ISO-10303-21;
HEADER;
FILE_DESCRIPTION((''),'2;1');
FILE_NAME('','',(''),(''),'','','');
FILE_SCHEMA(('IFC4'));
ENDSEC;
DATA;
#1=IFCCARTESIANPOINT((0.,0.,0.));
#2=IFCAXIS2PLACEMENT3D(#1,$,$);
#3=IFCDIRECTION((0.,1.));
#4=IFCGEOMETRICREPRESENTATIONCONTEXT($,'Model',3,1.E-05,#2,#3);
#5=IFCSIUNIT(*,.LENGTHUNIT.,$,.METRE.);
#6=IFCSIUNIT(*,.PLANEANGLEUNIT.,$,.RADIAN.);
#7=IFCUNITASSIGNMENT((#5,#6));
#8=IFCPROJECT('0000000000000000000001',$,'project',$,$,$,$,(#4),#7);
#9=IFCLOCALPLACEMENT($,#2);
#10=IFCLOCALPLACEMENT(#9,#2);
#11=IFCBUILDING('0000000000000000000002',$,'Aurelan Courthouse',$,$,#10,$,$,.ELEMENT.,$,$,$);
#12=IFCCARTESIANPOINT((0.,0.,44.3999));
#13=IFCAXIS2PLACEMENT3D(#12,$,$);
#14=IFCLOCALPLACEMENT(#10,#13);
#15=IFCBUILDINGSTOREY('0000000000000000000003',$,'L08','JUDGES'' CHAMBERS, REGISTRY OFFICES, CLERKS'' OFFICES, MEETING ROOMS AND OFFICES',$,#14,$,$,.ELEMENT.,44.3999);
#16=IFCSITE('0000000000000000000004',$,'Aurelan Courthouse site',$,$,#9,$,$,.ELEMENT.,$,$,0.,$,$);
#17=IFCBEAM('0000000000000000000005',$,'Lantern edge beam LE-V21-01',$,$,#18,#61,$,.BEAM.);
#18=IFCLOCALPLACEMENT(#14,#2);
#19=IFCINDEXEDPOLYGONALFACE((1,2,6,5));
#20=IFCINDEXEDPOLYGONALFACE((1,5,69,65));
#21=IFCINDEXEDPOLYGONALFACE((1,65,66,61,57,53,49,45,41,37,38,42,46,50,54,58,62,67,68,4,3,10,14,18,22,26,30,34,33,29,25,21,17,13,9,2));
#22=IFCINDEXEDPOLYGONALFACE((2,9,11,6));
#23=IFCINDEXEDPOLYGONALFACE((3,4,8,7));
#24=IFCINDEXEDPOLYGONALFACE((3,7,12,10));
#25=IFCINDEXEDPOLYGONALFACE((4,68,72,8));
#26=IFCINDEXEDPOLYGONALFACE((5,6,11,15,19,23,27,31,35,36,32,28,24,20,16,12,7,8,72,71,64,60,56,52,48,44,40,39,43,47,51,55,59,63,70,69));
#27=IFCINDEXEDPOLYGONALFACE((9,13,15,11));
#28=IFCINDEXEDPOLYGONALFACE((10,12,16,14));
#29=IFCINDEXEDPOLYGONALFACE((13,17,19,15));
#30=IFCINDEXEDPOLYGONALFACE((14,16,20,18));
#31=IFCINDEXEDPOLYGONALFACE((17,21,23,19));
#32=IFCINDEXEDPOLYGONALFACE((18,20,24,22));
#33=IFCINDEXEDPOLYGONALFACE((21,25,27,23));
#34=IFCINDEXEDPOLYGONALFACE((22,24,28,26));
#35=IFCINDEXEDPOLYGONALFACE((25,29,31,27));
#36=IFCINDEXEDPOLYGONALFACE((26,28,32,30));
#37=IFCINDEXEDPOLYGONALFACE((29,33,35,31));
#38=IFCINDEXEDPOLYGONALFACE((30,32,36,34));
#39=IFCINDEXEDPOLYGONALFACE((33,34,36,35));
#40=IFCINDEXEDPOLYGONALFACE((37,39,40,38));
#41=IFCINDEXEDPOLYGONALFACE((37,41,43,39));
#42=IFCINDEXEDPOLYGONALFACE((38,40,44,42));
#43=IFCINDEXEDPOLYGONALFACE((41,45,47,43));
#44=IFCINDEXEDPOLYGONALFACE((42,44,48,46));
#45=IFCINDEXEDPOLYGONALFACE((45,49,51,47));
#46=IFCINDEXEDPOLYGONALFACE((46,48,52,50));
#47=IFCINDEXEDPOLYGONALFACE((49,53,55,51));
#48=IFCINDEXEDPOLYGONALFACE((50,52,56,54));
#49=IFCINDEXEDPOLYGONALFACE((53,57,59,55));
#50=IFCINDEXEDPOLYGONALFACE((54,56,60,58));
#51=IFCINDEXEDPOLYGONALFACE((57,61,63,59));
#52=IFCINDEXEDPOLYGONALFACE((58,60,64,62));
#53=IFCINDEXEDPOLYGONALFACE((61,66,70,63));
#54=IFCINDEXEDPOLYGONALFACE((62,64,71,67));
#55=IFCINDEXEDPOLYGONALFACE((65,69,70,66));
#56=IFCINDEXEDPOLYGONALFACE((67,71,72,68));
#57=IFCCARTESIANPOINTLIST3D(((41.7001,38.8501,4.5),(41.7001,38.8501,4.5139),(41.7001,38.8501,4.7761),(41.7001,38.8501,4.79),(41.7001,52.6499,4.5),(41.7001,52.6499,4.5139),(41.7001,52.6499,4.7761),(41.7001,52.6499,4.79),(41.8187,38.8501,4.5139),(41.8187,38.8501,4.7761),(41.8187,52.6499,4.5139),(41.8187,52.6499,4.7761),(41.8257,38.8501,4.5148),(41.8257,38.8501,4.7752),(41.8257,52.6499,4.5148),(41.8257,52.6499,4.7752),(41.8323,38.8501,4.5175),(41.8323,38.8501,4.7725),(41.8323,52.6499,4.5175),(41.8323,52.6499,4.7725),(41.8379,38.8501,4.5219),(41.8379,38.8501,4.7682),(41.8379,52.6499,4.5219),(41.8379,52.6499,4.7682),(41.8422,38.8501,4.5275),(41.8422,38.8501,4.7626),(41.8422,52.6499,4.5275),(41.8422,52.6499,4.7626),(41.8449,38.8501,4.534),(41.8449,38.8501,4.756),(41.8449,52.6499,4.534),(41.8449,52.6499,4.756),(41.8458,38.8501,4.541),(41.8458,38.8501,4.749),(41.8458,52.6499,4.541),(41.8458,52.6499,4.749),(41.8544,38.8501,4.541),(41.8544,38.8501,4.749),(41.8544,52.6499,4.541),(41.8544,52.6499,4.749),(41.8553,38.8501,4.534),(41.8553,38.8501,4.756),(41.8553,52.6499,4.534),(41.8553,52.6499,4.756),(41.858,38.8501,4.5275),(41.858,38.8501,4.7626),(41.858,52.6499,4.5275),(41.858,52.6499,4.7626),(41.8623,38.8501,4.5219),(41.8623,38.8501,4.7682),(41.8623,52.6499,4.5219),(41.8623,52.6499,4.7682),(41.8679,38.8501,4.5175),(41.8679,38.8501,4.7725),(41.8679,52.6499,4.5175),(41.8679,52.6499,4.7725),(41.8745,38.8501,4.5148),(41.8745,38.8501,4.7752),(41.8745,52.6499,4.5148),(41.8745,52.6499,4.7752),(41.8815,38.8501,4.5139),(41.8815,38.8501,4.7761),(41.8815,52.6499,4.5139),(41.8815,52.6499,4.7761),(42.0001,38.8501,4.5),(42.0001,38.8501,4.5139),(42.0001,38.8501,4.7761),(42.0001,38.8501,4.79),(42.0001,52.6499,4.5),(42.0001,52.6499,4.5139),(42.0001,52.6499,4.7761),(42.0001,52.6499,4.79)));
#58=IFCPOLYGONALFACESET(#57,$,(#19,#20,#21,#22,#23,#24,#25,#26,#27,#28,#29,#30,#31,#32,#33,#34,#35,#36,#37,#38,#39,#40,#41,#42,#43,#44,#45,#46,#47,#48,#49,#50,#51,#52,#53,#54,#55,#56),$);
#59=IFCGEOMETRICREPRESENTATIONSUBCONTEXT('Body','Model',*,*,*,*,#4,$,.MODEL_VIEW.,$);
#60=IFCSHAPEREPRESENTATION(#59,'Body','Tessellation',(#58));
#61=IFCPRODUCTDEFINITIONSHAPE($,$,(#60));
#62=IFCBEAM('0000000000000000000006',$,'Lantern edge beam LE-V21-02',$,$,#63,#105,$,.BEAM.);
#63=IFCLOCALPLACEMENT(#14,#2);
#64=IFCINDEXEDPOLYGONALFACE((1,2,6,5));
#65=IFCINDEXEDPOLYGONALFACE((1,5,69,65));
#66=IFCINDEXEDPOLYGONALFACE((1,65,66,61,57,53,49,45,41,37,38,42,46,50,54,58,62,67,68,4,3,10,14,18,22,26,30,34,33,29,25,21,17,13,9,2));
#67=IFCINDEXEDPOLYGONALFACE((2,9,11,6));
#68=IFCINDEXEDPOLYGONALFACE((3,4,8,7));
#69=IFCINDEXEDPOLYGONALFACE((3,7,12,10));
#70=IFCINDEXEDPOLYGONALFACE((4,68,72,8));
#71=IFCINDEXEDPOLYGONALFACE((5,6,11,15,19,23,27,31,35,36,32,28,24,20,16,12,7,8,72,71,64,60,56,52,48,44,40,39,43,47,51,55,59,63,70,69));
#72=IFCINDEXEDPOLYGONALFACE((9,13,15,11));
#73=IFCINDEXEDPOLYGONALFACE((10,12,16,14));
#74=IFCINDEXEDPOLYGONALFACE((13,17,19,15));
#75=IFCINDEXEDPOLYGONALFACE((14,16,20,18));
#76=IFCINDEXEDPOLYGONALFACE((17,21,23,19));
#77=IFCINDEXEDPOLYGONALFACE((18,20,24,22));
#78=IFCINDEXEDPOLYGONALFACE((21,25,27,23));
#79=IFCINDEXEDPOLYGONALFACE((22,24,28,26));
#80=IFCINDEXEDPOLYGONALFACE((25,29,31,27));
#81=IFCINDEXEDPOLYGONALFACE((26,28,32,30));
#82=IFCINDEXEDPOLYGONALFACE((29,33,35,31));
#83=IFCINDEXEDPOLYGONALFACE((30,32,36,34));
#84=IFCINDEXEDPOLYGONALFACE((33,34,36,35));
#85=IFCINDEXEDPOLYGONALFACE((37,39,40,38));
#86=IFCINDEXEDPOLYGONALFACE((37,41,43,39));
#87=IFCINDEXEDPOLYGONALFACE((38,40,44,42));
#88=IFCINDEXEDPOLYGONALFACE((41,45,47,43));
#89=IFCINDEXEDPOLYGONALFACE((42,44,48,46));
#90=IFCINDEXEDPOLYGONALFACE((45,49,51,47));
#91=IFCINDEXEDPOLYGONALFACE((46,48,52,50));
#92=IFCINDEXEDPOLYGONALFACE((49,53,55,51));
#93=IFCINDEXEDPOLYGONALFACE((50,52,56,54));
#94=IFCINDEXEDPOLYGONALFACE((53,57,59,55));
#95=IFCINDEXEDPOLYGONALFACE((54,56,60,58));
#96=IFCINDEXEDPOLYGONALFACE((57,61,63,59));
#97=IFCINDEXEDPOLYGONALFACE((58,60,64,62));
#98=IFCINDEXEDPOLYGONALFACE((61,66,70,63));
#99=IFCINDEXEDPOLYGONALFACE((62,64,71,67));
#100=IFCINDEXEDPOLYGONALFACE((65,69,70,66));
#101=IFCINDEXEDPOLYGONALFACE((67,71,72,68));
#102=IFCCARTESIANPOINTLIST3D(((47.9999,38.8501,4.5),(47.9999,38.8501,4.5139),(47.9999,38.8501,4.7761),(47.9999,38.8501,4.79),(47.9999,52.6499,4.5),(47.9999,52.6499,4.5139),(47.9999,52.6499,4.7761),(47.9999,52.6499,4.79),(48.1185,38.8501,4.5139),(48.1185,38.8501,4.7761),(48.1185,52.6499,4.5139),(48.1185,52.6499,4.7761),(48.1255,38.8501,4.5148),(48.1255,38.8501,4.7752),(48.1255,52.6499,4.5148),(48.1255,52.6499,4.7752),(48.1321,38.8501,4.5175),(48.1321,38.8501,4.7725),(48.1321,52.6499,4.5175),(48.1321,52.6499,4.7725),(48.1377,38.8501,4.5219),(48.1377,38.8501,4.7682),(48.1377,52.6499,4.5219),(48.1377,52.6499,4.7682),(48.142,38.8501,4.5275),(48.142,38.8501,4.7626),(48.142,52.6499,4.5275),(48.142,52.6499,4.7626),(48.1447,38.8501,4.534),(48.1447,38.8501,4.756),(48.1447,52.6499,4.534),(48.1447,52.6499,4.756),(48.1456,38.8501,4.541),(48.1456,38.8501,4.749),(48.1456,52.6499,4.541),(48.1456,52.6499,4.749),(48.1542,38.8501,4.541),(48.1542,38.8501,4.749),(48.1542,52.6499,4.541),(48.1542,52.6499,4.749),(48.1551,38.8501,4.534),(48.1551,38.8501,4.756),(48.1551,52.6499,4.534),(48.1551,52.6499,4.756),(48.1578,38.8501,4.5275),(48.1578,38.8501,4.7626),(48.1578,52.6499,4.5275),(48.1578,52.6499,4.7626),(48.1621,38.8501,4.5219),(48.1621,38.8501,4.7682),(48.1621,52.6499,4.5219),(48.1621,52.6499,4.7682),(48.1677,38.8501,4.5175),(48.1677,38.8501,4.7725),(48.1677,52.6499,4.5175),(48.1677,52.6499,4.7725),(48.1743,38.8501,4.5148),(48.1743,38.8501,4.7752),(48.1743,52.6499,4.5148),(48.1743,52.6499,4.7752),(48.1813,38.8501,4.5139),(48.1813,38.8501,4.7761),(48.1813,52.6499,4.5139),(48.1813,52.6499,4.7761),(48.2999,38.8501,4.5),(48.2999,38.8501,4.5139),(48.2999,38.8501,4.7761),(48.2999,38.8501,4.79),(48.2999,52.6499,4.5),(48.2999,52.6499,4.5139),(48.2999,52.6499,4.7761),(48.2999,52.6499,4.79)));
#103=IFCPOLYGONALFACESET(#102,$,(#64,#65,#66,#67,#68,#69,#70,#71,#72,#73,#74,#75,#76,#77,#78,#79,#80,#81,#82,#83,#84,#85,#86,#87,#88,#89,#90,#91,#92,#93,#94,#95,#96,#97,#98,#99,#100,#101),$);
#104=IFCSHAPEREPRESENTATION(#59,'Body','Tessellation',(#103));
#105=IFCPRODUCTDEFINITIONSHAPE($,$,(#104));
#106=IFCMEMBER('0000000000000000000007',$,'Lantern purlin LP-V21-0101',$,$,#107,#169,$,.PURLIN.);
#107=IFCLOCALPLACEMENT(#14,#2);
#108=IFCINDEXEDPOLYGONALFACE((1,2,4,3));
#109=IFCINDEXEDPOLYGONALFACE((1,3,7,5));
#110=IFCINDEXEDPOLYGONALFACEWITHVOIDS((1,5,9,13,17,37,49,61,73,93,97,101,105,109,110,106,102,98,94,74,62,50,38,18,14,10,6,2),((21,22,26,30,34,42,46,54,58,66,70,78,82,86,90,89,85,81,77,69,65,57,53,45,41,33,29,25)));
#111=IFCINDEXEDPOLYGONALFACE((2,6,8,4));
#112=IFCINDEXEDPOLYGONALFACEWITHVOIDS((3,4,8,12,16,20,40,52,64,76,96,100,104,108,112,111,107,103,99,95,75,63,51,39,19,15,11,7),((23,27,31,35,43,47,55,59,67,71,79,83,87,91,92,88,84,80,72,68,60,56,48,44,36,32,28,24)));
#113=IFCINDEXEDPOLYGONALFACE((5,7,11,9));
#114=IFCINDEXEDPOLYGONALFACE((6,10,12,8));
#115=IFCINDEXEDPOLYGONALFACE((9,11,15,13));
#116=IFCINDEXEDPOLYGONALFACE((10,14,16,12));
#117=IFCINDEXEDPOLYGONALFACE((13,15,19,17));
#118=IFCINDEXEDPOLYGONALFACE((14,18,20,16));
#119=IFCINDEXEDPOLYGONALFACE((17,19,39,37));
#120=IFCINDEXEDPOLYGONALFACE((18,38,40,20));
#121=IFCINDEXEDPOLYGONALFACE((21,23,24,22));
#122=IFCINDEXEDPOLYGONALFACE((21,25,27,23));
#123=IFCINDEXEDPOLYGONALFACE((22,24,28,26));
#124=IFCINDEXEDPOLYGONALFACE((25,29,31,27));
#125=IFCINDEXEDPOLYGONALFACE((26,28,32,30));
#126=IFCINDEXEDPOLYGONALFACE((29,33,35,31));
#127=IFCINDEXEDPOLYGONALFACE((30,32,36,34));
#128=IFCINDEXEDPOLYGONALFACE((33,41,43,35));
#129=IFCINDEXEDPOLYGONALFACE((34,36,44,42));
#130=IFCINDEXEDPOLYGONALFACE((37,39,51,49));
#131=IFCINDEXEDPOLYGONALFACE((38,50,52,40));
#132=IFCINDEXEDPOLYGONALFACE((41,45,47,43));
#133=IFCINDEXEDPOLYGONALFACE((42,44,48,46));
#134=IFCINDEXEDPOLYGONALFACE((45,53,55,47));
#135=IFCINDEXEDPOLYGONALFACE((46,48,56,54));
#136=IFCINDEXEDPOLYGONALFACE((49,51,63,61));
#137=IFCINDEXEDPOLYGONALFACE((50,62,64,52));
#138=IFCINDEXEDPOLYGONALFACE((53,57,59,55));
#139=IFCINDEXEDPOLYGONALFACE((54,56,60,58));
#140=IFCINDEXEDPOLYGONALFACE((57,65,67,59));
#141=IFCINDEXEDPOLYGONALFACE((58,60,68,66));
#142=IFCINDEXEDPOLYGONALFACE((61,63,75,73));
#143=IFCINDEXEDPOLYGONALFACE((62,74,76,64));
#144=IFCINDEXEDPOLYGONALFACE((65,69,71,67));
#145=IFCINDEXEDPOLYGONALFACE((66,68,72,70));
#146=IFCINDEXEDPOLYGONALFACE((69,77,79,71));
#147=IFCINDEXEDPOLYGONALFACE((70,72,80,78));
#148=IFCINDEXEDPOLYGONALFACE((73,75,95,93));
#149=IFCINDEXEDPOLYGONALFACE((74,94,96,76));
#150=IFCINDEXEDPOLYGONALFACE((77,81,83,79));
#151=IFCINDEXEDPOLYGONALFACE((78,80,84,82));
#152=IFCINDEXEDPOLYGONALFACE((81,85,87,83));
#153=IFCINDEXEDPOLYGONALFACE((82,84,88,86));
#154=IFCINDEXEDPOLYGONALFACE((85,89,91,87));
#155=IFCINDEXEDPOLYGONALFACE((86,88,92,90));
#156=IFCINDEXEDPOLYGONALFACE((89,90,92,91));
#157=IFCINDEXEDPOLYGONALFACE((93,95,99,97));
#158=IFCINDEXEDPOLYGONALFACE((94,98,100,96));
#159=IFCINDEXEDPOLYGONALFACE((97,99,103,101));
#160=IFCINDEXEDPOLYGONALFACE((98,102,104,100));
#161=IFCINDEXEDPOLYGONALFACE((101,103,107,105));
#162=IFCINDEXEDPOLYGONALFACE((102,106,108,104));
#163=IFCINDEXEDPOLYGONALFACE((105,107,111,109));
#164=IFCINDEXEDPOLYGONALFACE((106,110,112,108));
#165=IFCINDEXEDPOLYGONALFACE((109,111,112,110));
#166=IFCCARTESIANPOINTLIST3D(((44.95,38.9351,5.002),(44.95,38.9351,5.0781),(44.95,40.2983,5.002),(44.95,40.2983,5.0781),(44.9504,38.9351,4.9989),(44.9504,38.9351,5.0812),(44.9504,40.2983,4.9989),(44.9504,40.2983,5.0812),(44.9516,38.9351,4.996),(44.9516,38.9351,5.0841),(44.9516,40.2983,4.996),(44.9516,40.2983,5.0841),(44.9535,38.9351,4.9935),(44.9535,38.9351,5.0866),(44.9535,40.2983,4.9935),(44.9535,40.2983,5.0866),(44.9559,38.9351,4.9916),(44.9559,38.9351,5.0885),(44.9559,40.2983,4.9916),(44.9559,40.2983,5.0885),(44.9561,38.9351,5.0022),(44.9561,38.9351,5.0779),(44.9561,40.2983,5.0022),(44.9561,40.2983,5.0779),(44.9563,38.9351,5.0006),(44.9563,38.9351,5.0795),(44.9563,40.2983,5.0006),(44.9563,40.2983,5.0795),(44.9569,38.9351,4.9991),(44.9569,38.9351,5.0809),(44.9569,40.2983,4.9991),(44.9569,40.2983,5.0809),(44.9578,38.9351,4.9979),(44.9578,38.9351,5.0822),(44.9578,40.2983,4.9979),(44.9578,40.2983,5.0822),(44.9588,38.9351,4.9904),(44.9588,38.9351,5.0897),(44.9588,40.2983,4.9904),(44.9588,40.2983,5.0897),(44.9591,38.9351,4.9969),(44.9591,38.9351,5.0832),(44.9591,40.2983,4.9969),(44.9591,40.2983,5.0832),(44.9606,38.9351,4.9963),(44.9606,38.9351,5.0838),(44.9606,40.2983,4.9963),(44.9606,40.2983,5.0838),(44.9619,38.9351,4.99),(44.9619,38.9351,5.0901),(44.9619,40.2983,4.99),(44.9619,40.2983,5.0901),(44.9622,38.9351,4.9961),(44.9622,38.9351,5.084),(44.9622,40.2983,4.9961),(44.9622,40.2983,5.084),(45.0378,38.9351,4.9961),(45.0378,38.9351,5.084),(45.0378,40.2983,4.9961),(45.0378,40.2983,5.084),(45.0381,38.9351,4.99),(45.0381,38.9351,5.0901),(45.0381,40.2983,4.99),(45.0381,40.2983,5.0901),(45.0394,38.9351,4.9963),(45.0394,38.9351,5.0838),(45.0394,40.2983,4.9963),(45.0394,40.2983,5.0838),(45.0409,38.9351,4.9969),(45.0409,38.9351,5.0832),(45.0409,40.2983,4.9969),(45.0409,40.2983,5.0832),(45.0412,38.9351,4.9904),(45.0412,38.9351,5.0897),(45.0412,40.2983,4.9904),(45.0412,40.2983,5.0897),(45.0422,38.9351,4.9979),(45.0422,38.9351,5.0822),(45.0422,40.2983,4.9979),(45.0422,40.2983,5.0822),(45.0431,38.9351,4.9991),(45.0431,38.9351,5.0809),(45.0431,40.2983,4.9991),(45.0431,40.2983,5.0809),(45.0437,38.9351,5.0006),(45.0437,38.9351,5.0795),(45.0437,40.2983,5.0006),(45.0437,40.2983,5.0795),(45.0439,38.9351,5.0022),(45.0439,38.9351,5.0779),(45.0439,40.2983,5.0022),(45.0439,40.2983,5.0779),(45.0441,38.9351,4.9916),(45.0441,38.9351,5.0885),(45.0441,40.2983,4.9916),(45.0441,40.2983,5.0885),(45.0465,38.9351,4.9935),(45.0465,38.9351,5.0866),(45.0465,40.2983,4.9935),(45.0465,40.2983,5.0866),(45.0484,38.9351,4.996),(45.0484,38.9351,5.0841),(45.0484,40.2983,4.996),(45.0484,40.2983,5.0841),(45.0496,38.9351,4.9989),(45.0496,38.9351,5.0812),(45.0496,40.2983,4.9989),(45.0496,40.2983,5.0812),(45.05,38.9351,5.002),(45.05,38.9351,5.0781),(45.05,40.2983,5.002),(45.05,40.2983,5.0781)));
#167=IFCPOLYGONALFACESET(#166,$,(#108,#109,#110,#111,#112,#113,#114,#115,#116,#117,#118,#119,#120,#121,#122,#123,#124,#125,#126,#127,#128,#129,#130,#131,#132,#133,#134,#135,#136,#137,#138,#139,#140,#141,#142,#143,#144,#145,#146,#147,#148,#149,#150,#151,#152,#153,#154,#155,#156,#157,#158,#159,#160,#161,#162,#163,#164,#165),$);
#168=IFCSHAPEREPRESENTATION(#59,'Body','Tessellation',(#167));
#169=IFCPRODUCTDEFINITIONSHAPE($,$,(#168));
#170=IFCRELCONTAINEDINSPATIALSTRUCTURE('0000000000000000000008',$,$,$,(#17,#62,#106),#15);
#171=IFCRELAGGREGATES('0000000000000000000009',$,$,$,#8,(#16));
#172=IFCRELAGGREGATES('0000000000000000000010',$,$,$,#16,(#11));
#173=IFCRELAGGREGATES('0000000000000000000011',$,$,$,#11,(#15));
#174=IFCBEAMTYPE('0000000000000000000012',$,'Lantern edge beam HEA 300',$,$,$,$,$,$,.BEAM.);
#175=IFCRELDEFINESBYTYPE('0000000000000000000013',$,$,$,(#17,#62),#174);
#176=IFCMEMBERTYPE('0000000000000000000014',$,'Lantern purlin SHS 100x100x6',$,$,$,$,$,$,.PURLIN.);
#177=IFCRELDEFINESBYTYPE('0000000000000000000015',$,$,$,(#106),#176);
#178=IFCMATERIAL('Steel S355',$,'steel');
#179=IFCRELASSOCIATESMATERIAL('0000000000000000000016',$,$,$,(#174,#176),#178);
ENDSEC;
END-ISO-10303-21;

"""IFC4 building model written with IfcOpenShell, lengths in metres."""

from ifc_helpers import new_model, si_unit, direction, frame, origin, origin_2d, place, context, subcontext, project, spatial, hollow_rectangle, i_section, extrude, material, material_profile, profile_set, type_object, element, save


model = new_model("IFC4")

# Units and contexts
model_context = context("Model", 3, precision=1e-05, world=origin(), true_north=direction((0.0, 1.0)))
body_context = subcontext(model_context, "Body", "Model", "MODEL_VIEW")
ifc_project = project(units=[si_unit("LENGTHUNIT", "METRE"), si_unit("PLANEANGLEUNIT", "RADIAN")], contexts=[model_context])

# Site, building, storey
site_placement = place(None, origin())
site = spatial("IfcSite", under=ifc_project, at=site_placement, Name="Aurelan Courthouse site", CompositionType="ELEMENT", RefElevation=0.0)
building_placement = place(site_placement, origin())
building = spatial("IfcBuilding", under=site, at=building_placement, Name="Aurelan Courthouse", CompositionType="ELEMENT")
storey_placement = place(building_placement, frame((0.0, 0.0, 44.3999)))
storey = spatial("IfcBuildingStorey", under=building, at=storey_placement, Name="L08", Description="JUDGES' CHAMBERS, REGISTRY OFFICES, CLERKS' OFFICES, MEETING ROOMS AND OFFICES", CompositionType="ELEMENT", Elevation=44.3999)

# Beams
ifc_material_1 = material(Name="Steel S355", Category="steel")
ifc_material_profile_1 = material_profile(ifc_material_1, i_section(OverallWidth=0.3, OverallDepth=0.29, WebThickness=0.0085, FlangeThickness=0.0139, FilletRadius=0.0271, at=origin_2d()), Name="HEA 300")
ifc_profile_set_1 = profile_set([ifc_material_profile_1], Name="Steel S355")
beam_type_1 = type_object("IfcBeamType", Name="Lantern edge beam HEA 300", PredefinedType="BEAM", material=ifc_profile_set_1)
for number, where, z_axis, x_axis, name in (
    (1, (41.8501, 38.8501, 4.645), (0.0, 1.0, 0.0), (-1.0, 0.0, 0.0), "Lantern edge beam LE-V21-01"),
    (2, (48.1499, 38.8501, 4.645), (0.0, 1.0, 0.0), (-1.0, 0.0, 0.0), "Lantern edge beam LE-V21-02"),
):
    element("IfcBeam", number, at=place(storey_placement, frame(where, z_axis=z_axis, x_axis=x_axis)), inside=storey, type_object=beam_type_1, Name=name, PredefinedType="BEAM", context=body_context, shape_type="SweptSolid", body=[
        extrude(i_section(OverallWidth=0.3, OverallDepth=0.29, WebThickness=0.0085, FlangeThickness=0.0139, FilletRadius=0.0271, at=origin_2d()), origin(), (0.0, 0.0, 1.0), 13.7998),
    ])

# Member
ifc_material_profile_2 = material_profile(ifc_material_1, hollow_rectangle(XDim=0.1001, YDim=0.1001, WallThickness=0.0061, InnerFilletRadius=0.0061, OuterFilletRadius=0.012, at=origin_2d()), Name="SHS 100x100x6")
ifc_profile_set_2 = profile_set([ifc_material_profile_2], Name="Steel S355")
member_type_1 = type_object("IfcMemberType", Name="Lantern purlin SHS 100x100x6", PredefinedType="PURLIN", material=ifc_profile_set_2)
member_1_placement = place(storey_placement, frame((45.0, 38.9351, 5.04), z_axis=(0.0, 1.0, 0.0), x_axis=(-1.0, 0.0, 0.0)))
element("IfcMember", 3, at=member_1_placement, inside=storey, type_object=member_type_1, Name="Lantern purlin LP-V21-0101", PredefinedType="PURLIN", context=body_context, shape_type="SweptSolid", body=[
    extrude(hollow_rectangle(XDim=0.1001, YDim=0.1001, WallThickness=0.0061, InnerFilletRadius=0.0061, OuterFilletRadius=0.012, at=origin_2d()), origin(), (0.0, 0.0, 1.0), 1.3633),
])

save(model, "model.ifc")
